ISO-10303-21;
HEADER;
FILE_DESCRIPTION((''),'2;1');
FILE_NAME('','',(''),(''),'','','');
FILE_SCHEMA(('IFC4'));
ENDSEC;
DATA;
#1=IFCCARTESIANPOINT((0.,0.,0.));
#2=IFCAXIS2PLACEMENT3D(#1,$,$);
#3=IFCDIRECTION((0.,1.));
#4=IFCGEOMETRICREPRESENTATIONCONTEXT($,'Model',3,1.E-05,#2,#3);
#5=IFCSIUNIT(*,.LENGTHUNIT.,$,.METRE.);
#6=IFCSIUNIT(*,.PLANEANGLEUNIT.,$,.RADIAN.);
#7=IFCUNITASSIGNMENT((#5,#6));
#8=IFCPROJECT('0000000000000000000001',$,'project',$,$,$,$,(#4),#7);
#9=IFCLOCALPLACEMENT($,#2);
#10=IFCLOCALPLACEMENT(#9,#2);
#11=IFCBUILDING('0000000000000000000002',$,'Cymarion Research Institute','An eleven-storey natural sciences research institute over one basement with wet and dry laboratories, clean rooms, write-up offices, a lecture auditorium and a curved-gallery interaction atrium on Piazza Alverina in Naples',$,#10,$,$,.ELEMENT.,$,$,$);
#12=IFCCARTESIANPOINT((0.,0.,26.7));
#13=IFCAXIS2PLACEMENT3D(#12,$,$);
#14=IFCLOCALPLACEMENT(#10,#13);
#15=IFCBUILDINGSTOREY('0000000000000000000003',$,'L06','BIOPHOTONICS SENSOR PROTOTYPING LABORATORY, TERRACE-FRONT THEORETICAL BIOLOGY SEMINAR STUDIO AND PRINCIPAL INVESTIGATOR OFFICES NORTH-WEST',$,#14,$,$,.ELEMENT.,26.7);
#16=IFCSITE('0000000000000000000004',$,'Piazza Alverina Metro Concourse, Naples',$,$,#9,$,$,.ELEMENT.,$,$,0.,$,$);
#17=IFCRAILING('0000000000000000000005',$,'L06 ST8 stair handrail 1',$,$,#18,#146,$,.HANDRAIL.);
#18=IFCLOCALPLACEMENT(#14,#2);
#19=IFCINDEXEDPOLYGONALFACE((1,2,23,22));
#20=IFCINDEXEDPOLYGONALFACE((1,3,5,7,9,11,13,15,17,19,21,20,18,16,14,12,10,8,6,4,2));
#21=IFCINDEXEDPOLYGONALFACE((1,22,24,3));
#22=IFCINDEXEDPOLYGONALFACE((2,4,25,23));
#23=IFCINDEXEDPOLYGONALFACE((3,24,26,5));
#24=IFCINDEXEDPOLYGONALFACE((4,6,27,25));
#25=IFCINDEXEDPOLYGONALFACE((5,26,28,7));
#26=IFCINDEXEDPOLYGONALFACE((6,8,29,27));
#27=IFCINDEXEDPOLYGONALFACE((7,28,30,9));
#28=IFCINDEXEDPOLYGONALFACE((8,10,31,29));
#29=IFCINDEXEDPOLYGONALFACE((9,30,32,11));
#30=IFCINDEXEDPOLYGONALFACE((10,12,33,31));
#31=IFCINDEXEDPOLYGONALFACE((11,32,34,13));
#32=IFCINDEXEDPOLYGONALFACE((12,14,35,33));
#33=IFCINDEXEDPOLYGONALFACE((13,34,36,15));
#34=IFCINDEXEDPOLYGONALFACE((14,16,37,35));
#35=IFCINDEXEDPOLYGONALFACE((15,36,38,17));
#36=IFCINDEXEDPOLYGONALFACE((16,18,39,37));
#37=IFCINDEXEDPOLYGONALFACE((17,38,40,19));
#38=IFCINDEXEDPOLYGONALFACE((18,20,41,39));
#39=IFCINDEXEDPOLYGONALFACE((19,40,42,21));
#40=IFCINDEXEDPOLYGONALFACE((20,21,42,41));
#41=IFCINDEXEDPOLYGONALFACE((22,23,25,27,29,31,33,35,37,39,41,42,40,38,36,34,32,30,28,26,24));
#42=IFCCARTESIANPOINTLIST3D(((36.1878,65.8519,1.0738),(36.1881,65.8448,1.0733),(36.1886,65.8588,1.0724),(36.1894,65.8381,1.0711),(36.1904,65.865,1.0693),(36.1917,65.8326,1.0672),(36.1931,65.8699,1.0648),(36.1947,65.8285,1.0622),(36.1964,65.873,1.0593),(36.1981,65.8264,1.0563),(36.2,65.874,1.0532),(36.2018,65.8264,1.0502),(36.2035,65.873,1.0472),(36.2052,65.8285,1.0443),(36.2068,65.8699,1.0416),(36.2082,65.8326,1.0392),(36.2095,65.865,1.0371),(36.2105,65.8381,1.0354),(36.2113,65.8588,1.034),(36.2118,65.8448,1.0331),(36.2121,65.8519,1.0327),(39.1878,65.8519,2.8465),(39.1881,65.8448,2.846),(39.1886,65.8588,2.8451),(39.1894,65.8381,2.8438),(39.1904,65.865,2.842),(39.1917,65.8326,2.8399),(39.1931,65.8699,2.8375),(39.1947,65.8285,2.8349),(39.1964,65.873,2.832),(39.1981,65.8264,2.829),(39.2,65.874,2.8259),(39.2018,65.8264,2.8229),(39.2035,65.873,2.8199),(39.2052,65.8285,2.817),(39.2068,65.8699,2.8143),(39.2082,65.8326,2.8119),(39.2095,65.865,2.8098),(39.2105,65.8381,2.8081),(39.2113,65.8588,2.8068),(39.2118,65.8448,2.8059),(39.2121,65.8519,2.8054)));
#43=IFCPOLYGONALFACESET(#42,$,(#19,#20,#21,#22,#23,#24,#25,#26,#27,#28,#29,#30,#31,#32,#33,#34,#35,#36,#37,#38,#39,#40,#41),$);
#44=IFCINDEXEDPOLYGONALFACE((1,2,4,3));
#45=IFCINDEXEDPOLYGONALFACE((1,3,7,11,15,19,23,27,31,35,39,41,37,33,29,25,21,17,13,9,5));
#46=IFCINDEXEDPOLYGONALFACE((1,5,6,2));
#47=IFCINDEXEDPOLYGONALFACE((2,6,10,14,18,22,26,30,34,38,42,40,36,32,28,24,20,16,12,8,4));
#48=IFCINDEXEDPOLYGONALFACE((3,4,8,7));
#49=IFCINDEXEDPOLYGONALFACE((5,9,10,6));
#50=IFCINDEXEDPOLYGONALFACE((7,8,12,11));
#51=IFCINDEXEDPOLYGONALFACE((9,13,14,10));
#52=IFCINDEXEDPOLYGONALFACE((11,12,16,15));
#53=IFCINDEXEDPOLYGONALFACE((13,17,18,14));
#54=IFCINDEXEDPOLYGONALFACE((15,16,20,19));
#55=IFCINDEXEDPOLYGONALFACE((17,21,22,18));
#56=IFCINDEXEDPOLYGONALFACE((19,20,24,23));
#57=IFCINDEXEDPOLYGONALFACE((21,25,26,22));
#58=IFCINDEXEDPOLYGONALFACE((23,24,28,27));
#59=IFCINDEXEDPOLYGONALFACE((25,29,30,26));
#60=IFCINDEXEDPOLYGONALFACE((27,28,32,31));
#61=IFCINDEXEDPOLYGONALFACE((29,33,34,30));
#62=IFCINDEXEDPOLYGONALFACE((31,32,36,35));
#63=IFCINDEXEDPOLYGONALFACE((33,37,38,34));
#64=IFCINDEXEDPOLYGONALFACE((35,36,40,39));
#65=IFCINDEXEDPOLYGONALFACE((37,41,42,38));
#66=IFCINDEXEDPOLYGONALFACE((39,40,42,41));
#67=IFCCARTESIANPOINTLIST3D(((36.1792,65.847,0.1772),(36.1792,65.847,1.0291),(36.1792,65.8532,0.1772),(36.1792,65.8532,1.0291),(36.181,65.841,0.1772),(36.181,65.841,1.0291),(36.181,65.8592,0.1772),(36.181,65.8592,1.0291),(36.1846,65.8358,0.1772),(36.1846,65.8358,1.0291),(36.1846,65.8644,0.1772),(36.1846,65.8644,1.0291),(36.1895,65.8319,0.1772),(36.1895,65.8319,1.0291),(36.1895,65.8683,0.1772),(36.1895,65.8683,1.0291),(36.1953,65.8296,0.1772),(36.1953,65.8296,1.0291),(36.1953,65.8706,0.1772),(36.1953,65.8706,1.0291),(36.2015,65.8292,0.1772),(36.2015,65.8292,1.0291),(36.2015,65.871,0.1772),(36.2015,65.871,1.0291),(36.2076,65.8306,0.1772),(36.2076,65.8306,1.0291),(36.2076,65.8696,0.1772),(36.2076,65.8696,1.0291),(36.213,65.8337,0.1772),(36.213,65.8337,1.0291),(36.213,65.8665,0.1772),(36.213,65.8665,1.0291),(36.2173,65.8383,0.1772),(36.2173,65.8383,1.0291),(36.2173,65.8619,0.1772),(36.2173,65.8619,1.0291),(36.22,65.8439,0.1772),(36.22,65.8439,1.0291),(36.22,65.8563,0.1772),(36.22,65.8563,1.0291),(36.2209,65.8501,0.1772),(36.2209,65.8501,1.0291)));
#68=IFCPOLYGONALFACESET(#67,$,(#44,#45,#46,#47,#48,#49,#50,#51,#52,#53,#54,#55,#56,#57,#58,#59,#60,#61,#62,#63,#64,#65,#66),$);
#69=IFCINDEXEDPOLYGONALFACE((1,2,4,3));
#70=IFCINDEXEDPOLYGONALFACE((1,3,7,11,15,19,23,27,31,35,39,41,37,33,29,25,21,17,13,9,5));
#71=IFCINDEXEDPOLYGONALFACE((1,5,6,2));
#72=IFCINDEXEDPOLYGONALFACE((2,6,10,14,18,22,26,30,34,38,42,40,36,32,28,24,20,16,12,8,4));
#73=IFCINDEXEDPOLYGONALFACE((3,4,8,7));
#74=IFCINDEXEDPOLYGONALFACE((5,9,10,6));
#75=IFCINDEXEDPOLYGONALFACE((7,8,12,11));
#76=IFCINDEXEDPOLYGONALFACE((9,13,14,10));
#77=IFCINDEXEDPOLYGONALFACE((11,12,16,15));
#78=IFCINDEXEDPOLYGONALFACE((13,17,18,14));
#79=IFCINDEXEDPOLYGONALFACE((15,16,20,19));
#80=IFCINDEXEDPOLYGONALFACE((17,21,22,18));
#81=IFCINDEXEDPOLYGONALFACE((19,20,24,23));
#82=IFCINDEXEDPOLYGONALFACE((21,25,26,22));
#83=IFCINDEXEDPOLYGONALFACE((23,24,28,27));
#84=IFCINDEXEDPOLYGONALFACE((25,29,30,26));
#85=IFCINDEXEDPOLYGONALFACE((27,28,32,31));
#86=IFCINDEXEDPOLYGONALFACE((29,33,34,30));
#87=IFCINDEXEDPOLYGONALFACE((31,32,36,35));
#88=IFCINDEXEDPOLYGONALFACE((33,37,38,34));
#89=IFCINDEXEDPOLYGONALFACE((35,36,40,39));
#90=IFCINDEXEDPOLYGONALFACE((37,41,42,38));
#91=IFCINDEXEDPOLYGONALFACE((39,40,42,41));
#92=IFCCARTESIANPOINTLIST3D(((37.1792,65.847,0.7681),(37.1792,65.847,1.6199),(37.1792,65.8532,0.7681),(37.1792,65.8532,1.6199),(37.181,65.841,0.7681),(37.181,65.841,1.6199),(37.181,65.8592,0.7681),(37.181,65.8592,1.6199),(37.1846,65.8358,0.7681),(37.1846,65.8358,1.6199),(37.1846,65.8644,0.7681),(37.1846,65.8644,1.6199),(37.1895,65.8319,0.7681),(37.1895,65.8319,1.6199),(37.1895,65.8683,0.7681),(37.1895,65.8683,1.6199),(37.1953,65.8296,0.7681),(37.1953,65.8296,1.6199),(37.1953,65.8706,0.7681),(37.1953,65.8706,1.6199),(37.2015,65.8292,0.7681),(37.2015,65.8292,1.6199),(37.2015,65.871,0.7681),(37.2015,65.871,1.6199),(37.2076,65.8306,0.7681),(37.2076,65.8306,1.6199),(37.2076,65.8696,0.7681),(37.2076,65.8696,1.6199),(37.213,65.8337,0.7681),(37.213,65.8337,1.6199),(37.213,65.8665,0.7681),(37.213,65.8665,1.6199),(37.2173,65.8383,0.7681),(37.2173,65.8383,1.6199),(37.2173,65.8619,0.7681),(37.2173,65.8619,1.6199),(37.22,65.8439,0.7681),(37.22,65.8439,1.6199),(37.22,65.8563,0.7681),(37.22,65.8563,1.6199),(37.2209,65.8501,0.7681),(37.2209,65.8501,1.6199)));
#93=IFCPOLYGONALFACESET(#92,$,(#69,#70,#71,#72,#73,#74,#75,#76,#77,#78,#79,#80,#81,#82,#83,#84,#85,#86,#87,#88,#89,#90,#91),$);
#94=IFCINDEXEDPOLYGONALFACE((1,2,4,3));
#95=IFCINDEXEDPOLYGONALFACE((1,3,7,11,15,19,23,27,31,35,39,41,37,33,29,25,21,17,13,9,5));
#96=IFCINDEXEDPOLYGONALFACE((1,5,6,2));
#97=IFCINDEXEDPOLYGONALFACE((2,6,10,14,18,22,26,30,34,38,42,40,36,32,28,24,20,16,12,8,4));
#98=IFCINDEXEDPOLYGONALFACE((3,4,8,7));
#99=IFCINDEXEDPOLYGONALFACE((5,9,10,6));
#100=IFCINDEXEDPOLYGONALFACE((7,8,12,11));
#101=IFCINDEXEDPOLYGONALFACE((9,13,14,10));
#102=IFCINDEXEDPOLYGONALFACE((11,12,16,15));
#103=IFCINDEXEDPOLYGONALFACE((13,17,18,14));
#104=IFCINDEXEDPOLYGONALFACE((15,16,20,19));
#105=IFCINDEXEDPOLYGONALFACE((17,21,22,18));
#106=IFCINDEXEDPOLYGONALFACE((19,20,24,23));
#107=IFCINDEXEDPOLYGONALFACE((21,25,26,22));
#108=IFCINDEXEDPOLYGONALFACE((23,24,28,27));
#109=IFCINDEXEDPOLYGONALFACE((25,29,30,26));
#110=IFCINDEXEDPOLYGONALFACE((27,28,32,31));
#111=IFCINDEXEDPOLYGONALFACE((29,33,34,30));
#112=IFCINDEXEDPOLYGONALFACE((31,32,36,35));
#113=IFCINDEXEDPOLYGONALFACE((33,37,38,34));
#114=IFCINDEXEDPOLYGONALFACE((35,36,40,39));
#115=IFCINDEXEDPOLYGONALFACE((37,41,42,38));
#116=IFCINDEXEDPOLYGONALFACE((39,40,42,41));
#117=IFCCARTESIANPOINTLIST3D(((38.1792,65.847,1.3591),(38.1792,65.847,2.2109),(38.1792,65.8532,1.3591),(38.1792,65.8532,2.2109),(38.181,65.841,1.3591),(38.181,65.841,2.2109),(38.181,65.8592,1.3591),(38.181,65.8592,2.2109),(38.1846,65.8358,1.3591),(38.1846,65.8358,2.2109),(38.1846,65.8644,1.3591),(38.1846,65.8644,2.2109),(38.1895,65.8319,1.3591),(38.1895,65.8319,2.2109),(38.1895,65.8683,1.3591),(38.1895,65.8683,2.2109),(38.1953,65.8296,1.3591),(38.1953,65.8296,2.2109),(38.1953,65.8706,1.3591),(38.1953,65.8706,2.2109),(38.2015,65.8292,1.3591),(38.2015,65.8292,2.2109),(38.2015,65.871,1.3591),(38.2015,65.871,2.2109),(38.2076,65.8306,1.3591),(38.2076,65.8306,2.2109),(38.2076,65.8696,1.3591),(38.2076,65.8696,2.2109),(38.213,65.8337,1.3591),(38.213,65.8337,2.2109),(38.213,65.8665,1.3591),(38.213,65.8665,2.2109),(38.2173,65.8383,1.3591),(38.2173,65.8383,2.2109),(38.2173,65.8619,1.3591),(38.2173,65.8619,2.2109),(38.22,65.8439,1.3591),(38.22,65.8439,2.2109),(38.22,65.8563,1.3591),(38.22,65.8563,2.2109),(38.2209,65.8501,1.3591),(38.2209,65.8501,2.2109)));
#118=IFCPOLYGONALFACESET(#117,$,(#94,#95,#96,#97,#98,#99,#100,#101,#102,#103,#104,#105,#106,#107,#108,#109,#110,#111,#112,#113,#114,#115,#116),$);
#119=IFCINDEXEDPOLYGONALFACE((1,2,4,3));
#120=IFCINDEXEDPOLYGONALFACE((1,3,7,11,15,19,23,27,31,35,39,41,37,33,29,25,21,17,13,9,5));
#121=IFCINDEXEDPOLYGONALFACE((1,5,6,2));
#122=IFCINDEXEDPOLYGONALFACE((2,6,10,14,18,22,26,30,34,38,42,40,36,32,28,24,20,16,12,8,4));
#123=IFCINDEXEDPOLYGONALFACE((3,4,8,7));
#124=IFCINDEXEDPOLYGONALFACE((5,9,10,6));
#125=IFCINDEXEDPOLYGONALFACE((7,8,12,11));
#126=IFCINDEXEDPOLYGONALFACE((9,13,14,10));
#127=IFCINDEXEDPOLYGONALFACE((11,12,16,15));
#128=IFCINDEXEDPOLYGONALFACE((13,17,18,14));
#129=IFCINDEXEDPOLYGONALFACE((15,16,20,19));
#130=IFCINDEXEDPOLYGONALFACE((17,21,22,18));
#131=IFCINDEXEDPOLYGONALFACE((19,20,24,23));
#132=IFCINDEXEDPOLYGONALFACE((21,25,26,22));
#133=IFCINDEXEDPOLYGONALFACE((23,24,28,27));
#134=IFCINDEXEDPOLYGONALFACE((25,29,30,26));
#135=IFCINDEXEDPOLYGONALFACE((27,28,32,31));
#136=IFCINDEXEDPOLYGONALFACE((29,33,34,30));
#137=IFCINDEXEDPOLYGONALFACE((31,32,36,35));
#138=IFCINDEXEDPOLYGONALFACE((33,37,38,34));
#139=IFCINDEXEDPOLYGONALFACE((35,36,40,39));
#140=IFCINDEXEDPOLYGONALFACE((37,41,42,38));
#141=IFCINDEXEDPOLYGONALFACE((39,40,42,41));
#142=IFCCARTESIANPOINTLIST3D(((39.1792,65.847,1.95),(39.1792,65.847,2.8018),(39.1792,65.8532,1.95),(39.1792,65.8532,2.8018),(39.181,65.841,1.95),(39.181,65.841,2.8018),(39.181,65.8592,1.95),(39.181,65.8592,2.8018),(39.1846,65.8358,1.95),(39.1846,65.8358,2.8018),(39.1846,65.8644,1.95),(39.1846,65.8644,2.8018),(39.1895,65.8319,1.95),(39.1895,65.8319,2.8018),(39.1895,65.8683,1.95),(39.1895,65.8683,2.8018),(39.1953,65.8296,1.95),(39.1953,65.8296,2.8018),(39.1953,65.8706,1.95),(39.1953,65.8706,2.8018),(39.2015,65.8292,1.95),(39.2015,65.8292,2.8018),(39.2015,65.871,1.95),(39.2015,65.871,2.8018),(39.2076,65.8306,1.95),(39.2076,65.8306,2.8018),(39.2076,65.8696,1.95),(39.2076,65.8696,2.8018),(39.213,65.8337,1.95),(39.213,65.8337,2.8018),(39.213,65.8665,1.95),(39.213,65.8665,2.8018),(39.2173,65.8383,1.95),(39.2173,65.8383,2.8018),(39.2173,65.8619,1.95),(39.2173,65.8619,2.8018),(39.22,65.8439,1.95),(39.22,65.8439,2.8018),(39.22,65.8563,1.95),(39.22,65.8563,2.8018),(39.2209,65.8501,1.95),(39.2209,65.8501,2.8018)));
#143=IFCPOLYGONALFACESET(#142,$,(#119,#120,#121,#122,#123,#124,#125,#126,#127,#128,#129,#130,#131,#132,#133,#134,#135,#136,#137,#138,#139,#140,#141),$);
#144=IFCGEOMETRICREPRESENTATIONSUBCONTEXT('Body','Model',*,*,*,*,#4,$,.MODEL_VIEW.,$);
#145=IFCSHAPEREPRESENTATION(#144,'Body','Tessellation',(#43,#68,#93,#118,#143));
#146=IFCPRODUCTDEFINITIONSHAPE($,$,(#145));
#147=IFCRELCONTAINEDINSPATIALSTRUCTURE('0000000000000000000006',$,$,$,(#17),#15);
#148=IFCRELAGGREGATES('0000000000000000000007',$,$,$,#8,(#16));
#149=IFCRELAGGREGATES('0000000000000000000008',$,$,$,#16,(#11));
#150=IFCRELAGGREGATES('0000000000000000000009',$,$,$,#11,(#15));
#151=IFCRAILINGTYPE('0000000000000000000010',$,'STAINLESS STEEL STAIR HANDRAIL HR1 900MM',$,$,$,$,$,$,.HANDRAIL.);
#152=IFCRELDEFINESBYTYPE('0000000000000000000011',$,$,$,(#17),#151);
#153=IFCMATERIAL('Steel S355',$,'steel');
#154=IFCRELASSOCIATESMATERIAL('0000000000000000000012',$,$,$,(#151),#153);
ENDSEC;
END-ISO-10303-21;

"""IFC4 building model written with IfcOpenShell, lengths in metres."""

from ifc_helpers import new_model, si_unit, direction, frame, origin, origin_2d, place, context, subcontext, project, spatial, circle, extrude, material, type_object, element, save


model = new_model("IFC4")

# Units and contexts
model_context = context("Model", 3, precision=1e-05, world=origin(), true_north=direction((0.0, 1.0)))
body_context = subcontext(model_context, "Body", "Model", "MODEL_VIEW")
ifc_project = project(units=[si_unit("LENGTHUNIT", "METRE"), si_unit("PLANEANGLEUNIT", "RADIAN")], contexts=[model_context])

# Site, building, storey
site_placement = place(None, origin())
site = spatial("IfcSite", under=ifc_project, at=site_placement, Name="Piazza Alverina Metro Concourse, Naples", CompositionType="ELEMENT", RefElevation=0.0)
building_placement = place(site_placement, origin())
building = spatial("IfcBuilding", under=site, at=building_placement, Name="Cymarion Research Institute", Description="An eleven-storey natural sciences research institute over one basement with wet and dry laboratories, clean rooms, write-up offices, a lecture auditorium and a curved-gallery interaction atrium on Piazza Alverina in Naples", CompositionType="ELEMENT")
storey_placement = place(building_placement, frame((0.0, 0.0, 26.7)))
storey = spatial("IfcBuildingStorey", under=building, at=storey_placement, Name="L06", Description="BIOPHOTONICS SENSOR PROTOTYPING LABORATORY, TERRACE-FRONT THEORETICAL BIOLOGY SEMINAR STUDIO AND PRINCIPAL INVESTIGATOR OFFICES NORTH-WEST", CompositionType="ELEMENT", Elevation=26.7)

# Railing
ifc_material_1 = material(Name="Steel S355", Category="steel")
railing_type_1 = type_object("IfcRailingType", Name="STAINLESS STEEL STAIR HANDRAIL HR1 900MM", PredefinedType="HANDRAIL", material=ifc_material_1)
railing_1_placement = place(storey_placement, frame((36.2, 65.8501, 0.1772)))
element("IfcRailing", 1, at=railing_1_placement, inside=storey, type_object=railing_type_1, Name="L06 ST8 stair handrail 1", PredefinedType="HANDRAIL", context=body_context, shape_type="SweptSolid", body=[
    extrude(circle(Radius=0.0239, at=origin_2d()), frame((0.0, 0.0, 0.876), z_axis=(0.860929, 0.0, 0.508725), x_axis=(0.0, 1.0, 0.0)), (0.0, 0.0, 1.0), 3.4846),
    extrude(circle(Radius=0.021, at=origin_2d()), origin(), (0.0, 0.0, 1.0), 0.8518),
    extrude(circle(Radius=0.021, at=origin_2d()), frame((1.0, 0.0, 0.5908)), (0.0, 0.0, 1.0), 0.8518),
    extrude(circle(Radius=0.021, at=origin_2d()), frame((2.0, 0.0, 1.1819)), (0.0, 0.0, 1.0), 0.8518),
    extrude(circle(Radius=0.021, at=origin_2d()), frame((3.0, 0.0, 1.7727)), (0.0, 0.0, 1.0), 0.8518),
])

save(model, "model.ifc")
